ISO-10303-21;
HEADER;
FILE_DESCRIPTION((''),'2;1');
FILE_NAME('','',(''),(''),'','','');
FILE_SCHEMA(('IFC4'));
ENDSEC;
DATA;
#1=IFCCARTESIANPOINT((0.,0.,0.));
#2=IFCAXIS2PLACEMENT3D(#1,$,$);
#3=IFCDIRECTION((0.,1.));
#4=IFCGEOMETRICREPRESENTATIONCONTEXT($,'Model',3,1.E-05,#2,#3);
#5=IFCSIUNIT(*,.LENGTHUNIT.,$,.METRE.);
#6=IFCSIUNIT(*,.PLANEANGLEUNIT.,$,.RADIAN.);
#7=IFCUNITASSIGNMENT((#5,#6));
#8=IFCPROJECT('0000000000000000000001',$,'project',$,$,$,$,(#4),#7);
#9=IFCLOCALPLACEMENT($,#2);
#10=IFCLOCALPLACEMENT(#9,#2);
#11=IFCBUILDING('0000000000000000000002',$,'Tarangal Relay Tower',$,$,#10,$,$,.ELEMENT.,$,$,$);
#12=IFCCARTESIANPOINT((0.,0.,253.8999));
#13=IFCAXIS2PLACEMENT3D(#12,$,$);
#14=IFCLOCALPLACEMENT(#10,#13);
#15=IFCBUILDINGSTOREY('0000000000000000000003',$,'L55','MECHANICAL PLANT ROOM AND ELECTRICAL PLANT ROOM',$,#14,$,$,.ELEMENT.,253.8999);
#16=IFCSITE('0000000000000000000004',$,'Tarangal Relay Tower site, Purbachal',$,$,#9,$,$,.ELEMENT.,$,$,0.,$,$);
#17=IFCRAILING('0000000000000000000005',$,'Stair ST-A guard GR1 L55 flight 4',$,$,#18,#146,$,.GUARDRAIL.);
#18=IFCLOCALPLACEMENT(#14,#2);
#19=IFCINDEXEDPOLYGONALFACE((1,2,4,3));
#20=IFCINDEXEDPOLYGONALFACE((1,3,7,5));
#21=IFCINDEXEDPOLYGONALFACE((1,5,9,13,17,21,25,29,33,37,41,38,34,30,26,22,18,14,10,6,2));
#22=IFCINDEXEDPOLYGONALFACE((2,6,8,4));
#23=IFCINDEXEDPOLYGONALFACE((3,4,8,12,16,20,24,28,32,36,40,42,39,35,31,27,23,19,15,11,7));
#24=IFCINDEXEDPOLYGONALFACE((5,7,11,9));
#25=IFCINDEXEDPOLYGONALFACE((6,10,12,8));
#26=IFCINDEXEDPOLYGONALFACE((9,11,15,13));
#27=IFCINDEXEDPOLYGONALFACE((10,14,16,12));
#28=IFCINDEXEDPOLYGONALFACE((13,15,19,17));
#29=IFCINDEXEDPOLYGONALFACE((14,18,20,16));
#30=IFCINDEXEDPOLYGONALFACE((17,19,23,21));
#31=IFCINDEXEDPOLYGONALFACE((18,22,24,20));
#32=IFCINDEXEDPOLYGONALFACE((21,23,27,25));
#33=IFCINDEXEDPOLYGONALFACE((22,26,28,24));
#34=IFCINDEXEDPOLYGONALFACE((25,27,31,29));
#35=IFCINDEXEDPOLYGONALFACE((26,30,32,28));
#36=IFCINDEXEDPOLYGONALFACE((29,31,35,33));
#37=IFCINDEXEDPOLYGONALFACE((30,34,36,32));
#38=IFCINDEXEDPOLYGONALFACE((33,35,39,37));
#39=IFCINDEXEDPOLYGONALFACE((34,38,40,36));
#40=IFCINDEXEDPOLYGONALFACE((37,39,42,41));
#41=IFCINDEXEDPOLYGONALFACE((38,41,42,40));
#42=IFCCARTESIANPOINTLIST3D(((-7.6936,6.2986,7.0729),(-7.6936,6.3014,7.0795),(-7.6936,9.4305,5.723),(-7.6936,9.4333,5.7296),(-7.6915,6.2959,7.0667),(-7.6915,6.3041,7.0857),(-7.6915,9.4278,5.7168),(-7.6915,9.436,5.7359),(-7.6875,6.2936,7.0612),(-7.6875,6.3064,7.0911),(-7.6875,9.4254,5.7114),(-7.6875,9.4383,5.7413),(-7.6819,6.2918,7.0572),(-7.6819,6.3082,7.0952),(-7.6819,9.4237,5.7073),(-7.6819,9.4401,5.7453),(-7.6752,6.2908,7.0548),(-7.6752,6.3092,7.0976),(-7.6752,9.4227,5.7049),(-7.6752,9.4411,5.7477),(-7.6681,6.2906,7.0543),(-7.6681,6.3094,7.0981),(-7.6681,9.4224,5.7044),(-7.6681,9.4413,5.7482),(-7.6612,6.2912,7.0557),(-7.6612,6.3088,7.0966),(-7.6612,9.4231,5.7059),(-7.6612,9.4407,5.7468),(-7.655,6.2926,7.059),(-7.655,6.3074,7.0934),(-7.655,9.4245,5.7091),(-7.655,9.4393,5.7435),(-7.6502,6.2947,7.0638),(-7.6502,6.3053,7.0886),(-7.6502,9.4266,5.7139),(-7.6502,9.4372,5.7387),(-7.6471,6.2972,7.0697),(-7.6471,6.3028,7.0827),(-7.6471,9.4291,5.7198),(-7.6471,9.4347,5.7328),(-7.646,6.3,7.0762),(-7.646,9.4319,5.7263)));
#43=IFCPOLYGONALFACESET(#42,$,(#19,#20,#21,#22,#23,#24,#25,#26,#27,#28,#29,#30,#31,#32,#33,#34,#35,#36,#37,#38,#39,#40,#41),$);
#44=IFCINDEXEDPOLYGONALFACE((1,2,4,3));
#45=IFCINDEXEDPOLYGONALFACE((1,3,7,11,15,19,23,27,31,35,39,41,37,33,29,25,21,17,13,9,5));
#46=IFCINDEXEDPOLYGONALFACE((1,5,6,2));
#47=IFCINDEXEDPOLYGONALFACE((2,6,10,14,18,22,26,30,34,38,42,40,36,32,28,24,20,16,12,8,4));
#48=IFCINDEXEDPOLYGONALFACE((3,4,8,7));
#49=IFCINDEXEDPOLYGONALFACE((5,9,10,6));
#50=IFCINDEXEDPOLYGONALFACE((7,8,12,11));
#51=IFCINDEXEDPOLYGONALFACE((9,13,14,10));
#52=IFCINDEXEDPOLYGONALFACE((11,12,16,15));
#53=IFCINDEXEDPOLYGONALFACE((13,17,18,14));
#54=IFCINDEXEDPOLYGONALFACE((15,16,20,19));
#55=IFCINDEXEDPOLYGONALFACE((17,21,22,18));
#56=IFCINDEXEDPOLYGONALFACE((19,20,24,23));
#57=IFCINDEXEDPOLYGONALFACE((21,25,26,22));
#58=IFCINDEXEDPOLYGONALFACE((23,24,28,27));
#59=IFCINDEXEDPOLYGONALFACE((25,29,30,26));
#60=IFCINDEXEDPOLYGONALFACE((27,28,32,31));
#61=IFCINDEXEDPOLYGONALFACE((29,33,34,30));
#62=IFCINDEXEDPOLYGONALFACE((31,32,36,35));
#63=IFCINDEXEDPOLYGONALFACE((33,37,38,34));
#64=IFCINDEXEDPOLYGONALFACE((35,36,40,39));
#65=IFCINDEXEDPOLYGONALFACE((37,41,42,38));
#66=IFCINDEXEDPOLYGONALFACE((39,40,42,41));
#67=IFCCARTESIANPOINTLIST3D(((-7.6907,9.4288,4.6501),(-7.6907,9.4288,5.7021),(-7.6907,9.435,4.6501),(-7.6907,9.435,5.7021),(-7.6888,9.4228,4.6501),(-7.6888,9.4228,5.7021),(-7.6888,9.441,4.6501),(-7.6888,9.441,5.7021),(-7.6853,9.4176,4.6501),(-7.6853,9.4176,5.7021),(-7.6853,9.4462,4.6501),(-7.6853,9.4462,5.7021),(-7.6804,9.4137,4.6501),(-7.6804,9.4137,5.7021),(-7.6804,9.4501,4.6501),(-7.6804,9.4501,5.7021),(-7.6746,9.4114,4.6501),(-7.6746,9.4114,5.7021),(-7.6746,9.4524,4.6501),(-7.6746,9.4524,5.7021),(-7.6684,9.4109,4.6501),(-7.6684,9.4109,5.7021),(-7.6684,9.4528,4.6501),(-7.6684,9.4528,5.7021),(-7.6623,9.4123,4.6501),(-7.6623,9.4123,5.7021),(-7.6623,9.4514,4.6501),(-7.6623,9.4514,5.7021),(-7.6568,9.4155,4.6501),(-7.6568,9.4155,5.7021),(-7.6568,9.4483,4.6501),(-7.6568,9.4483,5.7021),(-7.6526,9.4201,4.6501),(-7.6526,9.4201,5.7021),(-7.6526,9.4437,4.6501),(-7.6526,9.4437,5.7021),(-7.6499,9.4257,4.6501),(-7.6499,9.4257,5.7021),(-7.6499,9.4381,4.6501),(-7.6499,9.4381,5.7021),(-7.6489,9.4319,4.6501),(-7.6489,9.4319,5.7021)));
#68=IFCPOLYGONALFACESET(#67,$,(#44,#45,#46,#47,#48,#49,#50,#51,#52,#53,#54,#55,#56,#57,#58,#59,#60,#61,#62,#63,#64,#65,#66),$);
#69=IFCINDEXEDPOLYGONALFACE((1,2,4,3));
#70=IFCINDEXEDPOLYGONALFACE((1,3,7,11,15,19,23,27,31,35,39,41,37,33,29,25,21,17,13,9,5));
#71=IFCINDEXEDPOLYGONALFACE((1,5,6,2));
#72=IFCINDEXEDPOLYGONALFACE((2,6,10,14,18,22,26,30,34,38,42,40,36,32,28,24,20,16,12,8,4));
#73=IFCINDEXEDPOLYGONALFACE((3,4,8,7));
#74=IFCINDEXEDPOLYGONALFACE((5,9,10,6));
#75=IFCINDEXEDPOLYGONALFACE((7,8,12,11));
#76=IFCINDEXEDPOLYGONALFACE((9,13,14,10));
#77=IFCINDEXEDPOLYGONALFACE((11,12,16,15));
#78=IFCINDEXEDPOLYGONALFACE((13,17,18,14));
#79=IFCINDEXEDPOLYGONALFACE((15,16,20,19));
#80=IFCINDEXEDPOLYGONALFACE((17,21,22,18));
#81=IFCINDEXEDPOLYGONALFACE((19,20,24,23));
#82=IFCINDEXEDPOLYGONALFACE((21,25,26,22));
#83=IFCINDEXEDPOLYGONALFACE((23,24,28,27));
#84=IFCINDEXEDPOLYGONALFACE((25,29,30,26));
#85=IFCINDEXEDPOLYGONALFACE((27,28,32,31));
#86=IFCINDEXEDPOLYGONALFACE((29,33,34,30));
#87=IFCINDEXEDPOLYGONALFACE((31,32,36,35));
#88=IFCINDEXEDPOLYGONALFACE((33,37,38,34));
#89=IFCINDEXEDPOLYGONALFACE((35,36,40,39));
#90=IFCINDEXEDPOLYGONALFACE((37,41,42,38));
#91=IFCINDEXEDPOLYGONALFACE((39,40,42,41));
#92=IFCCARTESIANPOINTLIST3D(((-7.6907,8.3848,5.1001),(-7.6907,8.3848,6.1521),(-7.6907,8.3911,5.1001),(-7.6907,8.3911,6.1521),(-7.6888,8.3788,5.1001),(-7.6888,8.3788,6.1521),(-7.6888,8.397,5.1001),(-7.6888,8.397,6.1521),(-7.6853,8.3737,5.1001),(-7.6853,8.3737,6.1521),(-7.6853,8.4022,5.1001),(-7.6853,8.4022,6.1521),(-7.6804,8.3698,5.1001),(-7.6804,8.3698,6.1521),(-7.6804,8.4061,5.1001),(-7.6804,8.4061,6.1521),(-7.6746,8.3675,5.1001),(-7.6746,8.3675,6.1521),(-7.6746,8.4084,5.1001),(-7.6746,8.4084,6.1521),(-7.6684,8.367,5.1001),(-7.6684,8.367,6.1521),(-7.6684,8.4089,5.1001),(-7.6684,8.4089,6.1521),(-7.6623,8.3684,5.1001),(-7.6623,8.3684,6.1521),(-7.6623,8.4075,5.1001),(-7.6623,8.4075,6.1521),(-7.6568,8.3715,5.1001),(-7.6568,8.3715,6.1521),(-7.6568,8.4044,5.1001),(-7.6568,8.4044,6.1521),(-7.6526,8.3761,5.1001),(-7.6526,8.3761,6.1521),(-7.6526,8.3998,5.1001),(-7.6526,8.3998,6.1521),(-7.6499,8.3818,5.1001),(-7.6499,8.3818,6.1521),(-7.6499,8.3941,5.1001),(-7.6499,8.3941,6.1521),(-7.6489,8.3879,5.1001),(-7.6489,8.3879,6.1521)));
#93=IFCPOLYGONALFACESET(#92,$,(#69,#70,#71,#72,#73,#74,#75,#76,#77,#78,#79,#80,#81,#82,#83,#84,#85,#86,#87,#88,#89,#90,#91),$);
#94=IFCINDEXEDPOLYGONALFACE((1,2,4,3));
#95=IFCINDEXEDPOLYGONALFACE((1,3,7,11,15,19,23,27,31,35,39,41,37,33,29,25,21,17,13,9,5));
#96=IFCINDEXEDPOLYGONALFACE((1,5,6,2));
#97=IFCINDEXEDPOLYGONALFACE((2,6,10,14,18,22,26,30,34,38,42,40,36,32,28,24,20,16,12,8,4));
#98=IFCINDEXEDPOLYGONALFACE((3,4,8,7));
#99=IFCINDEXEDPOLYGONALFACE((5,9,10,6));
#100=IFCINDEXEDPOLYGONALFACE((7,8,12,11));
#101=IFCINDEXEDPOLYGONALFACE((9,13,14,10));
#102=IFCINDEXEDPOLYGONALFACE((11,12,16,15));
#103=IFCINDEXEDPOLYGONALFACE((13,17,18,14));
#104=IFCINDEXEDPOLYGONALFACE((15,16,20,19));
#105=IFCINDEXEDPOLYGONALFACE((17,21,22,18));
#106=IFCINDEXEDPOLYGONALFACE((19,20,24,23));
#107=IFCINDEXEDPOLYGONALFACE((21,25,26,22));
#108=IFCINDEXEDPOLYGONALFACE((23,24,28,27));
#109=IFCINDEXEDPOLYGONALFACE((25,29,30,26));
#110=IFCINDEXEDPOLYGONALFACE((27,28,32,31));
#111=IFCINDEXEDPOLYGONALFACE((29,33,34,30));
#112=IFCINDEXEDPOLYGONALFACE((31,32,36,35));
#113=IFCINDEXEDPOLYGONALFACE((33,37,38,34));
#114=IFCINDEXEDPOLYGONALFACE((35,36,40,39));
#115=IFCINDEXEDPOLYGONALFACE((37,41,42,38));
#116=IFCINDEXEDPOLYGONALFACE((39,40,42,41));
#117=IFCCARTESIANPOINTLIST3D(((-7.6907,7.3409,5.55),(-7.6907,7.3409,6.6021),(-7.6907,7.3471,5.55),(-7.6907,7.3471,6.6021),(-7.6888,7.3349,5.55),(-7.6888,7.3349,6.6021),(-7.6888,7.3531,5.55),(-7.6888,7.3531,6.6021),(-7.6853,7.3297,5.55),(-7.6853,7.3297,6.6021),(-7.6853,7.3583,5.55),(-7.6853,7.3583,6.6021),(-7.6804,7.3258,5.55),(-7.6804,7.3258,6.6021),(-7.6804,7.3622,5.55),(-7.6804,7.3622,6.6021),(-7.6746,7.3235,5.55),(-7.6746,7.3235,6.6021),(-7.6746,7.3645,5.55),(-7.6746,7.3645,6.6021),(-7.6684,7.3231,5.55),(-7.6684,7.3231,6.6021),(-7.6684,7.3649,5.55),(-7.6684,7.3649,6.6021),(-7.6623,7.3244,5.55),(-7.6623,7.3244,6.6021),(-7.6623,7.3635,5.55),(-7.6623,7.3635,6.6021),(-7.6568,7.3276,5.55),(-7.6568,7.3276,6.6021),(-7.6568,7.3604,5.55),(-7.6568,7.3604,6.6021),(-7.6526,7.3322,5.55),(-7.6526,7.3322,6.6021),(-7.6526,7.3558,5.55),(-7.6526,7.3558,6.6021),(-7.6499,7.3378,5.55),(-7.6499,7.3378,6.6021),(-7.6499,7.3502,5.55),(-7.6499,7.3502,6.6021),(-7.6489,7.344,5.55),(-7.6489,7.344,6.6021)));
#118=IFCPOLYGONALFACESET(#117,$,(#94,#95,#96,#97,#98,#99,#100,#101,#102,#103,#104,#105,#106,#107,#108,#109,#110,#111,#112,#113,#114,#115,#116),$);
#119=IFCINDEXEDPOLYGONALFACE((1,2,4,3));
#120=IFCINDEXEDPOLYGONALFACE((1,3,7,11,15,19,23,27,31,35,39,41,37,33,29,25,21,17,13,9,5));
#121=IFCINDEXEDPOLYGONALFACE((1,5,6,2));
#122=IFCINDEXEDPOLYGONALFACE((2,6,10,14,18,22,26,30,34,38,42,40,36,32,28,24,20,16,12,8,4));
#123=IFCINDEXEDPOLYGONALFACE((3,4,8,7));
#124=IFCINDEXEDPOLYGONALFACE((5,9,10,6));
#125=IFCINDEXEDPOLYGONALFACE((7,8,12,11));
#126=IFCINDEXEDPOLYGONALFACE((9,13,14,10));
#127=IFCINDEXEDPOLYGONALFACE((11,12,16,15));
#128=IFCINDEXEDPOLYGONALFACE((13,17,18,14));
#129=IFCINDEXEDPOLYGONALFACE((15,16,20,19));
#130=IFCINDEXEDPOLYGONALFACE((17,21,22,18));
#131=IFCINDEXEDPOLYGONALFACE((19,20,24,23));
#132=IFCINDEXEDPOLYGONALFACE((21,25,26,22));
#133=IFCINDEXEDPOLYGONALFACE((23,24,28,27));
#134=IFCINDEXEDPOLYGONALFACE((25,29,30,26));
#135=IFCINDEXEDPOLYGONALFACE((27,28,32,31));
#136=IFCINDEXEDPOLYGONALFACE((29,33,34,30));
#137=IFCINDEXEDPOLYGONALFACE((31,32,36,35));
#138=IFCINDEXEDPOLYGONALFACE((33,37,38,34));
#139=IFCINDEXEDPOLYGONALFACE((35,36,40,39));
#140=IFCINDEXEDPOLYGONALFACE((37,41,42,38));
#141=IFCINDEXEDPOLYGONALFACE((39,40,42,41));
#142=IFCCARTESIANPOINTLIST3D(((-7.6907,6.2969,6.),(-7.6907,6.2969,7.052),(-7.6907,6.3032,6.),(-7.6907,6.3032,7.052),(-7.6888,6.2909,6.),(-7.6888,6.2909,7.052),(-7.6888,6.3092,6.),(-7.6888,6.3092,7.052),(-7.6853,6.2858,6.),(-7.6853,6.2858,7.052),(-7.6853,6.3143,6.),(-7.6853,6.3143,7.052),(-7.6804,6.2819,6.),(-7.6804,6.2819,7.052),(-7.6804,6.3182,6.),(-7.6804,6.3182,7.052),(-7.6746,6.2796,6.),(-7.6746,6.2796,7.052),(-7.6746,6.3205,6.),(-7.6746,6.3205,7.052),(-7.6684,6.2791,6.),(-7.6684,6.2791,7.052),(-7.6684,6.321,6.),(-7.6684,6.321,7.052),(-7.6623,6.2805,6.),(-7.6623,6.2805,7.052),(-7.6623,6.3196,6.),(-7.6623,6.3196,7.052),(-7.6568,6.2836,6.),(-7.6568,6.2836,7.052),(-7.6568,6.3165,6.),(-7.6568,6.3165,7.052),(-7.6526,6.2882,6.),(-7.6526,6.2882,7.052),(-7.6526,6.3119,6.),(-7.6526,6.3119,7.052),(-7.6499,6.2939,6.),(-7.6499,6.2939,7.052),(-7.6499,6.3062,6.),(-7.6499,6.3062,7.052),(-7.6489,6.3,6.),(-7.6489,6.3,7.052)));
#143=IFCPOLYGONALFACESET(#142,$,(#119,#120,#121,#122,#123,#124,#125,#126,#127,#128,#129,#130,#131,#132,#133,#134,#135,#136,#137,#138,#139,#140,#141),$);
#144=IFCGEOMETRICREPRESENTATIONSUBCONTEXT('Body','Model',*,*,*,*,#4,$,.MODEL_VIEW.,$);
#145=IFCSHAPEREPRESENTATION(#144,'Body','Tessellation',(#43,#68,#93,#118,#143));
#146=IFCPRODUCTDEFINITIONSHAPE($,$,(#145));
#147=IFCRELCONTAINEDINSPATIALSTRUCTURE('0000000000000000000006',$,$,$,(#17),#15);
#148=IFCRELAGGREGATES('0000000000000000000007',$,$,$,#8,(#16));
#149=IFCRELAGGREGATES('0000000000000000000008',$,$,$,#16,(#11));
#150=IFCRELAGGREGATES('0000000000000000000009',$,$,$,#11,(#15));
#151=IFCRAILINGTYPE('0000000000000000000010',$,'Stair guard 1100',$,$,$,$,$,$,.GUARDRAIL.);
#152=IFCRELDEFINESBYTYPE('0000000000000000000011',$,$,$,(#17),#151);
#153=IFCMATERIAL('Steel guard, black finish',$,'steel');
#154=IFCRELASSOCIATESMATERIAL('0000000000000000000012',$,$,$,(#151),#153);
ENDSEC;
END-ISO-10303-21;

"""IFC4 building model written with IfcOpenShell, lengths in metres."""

from ifc_helpers import new_model, si_unit, direction, frame, origin, origin_2d, place, context, subcontext, project, spatial, circle, extrude, material, type_object, element, save


model = new_model("IFC4")

# Units and contexts
model_context = context("Model", 3, precision=1e-05, world=origin(), true_north=direction((0.0, 1.0)))
body_context = subcontext(model_context, "Body", "Model", "MODEL_VIEW")
ifc_project = project(units=[si_unit("LENGTHUNIT", "METRE"), si_unit("PLANEANGLEUNIT", "RADIAN")], contexts=[model_context])

# Site, building, storey
site_placement = place(None, origin())
site = spatial("IfcSite", under=ifc_project, at=site_placement, Name="Tarangal Relay Tower site, Purbachal", CompositionType="ELEMENT", RefElevation=0.0)
building_placement = place(site_placement, origin())
building = spatial("IfcBuilding", under=site, at=building_placement, Name="Tarangal Relay Tower", CompositionType="ELEMENT")
storey_placement = place(building_placement, frame((0.0, 0.0, 253.8999)))
storey = spatial("IfcBuildingStorey", under=building, at=storey_placement, Name="L55", Description="MECHANICAL PLANT ROOM AND ELECTRICAL PLANT ROOM", CompositionType="ELEMENT", Elevation=253.8999)

# Railing
ifc_material_1 = material(Name="Steel guard, black finish", Category="steel")
railing_type_1 = type_object("IfcRailingType", Name="Stair guard 1100", PredefinedType="GUARDRAIL", material=ifc_material_1)
for number, where, name in (
    (1, (-7.6699, 9.4319, 4.6501), "Stair ST-A guard GR1 L55 flight 4"),
):
    element("IfcRailing", number, at=place(storey_placement, frame(where)), inside=storey, type_object=railing_type_1, Name=name, PredefinedType="GUARDRAIL", context=body_context, shape_type="SweptSolid", body=[
        extrude(circle(Radius=0.0239, at=origin_2d()), frame((0.0, 0.0, 1.0762), z_axis=(0.0, -0.918332, 0.395811), x_axis=(1.0, 0.0, 0.0)), (0.0, 0.0, 1.0), 3.4104),
        extrude(circle(Radius=0.021, at=origin_2d()), origin(), (0.0, 0.0, 1.0), 1.052),
        extrude(circle(Radius=0.021, at=origin_2d()), frame((0.0, -1.0439, 0.45)), (0.0, 0.0, 1.0), 1.052),
        extrude(circle(Radius=0.021, at=origin_2d()), frame((0.0, -2.0879, 0.8999)), (0.0, 0.0, 1.0), 1.052),
        extrude(circle(Radius=0.021, at=origin_2d()), frame((0.0, -3.1318, 1.3499)), (0.0, 0.0, 1.0), 1.052),
    ])

save(model, "model.ifc")
